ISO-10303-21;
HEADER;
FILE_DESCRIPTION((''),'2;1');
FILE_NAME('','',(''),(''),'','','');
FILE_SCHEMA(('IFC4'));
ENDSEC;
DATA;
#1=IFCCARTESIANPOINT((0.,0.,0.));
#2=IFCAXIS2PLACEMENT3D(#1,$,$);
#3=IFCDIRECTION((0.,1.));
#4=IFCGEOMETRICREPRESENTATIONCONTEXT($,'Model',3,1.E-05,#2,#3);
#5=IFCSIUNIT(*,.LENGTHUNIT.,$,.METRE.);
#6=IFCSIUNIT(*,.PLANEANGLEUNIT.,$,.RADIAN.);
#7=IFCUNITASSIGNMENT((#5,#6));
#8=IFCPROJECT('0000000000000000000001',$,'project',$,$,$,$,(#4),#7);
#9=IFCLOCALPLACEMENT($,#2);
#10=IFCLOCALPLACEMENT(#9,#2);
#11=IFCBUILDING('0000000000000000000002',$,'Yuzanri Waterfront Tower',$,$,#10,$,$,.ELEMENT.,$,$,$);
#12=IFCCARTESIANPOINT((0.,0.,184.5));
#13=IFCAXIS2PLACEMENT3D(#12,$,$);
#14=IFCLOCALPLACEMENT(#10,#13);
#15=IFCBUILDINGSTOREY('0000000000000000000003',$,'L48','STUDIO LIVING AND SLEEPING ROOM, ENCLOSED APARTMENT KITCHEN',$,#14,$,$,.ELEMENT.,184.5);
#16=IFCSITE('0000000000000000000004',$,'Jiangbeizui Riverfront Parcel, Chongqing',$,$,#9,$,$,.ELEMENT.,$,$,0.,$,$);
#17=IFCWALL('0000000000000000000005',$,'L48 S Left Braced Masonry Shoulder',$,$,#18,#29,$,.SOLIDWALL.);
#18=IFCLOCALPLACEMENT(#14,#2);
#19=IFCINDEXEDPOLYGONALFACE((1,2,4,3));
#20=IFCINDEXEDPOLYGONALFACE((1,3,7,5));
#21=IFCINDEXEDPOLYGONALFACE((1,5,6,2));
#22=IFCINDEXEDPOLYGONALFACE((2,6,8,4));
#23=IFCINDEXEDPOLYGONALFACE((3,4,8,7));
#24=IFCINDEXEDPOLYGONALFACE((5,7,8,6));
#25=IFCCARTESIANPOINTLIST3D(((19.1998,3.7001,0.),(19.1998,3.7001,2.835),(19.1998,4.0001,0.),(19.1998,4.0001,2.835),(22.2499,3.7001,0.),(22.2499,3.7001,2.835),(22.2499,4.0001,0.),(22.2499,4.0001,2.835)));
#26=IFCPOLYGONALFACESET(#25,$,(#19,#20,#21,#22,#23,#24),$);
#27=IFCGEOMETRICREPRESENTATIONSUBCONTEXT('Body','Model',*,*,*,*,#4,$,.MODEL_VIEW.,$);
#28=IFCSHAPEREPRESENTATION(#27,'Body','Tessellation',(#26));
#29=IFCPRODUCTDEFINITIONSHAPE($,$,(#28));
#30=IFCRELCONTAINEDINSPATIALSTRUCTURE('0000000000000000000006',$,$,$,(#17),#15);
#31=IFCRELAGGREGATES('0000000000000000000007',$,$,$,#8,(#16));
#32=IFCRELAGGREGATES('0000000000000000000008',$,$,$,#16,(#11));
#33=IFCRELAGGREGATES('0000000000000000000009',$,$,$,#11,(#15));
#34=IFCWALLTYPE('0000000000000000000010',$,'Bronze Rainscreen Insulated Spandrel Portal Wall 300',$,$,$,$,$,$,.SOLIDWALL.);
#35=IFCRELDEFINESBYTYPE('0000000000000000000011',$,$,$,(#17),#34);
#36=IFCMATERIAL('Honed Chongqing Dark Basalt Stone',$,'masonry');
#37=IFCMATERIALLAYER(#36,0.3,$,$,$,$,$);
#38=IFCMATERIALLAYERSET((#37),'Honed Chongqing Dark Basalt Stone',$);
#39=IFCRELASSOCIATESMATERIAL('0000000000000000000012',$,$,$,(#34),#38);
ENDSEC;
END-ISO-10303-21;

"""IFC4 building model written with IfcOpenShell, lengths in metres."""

from ifc_helpers import new_model, si_unit, direction, frame, frame_2d, origin, place, context, subcontext, project, spatial, rectangle, extrude, source, transform, mapped, material, layer, layer_set, type_object, element, save


model = new_model("IFC4")

# Units and contexts
model_context = context("Model", 3, precision=1e-05, world=origin(), true_north=direction((0.0, 1.0)))
body_context = subcontext(model_context, "Body", "Model", "MODEL_VIEW")
ifc_project = project(units=[si_unit("LENGTHUNIT", "METRE"), si_unit("PLANEANGLEUNIT", "RADIAN")], contexts=[model_context])

# Site, building, storey
site_placement = place(None, origin())
site = spatial("IfcSite", under=ifc_project, at=site_placement, Name="Jiangbeizui Riverfront Parcel, Chongqing", CompositionType="ELEMENT", RefElevation=0.0)
building_placement = place(site_placement, origin())
building = spatial("IfcBuilding", under=site, at=building_placement, Name="Yuzanri Waterfront Tower", CompositionType="ELEMENT")
storey_placement = place(building_placement, frame((0.0, 0.0, 184.5)))
storey = spatial("IfcBuildingStorey", under=building, at=storey_placement, Name="L48", Description="STUDIO LIVING AND SLEEPING ROOM, ENCLOSED APARTMENT KITCHEN", CompositionType="ELEMENT", Elevation=184.5)

# Wall
ifc_material_1 = material(Name="Honed Chongqing Dark Basalt Stone", Category="masonry")
ifc_layer_1 = layer(ifc_material_1, 0.3)
ifc_layer_set_1 = layer_set([ifc_layer_1], Name="Honed Chongqing Dark Basalt Stone")
wall_type = type_object("IfcWallType", Name="Bronze Rainscreen Insulated Spandrel Portal Wall 300", PredefinedType="SOLIDWALL", material=ifc_layer_set_1)
shared_shape_1 = source(origin(), body_context, "Body", "SweptSolid", [
    extrude(rectangle(XDim=3.05, YDim=0.3, at=frame_2d((1.5249, 0.0))), origin(), (0.0, 0.0, 1.0), 2.835),
])
wall_placement = place(storey_placement, frame((19.2, 3.8501, 0.0), z_axis=(0.0, 0.0, 1.0), x_axis=(1.0, 0.0, 0.0)))
element("IfcWall", 1, at=wall_placement, inside=storey, type_object=wall_type, Name="L48 S Left Braced Masonry Shoulder", PredefinedType="SOLIDWALL", context=body_context, shape_type="MappedRepresentation", body=[
    mapped(shared_shape_1, transform((0.0, 0.0, 0.0), scale=1.0)),
])

save(model, "model.ifc")
